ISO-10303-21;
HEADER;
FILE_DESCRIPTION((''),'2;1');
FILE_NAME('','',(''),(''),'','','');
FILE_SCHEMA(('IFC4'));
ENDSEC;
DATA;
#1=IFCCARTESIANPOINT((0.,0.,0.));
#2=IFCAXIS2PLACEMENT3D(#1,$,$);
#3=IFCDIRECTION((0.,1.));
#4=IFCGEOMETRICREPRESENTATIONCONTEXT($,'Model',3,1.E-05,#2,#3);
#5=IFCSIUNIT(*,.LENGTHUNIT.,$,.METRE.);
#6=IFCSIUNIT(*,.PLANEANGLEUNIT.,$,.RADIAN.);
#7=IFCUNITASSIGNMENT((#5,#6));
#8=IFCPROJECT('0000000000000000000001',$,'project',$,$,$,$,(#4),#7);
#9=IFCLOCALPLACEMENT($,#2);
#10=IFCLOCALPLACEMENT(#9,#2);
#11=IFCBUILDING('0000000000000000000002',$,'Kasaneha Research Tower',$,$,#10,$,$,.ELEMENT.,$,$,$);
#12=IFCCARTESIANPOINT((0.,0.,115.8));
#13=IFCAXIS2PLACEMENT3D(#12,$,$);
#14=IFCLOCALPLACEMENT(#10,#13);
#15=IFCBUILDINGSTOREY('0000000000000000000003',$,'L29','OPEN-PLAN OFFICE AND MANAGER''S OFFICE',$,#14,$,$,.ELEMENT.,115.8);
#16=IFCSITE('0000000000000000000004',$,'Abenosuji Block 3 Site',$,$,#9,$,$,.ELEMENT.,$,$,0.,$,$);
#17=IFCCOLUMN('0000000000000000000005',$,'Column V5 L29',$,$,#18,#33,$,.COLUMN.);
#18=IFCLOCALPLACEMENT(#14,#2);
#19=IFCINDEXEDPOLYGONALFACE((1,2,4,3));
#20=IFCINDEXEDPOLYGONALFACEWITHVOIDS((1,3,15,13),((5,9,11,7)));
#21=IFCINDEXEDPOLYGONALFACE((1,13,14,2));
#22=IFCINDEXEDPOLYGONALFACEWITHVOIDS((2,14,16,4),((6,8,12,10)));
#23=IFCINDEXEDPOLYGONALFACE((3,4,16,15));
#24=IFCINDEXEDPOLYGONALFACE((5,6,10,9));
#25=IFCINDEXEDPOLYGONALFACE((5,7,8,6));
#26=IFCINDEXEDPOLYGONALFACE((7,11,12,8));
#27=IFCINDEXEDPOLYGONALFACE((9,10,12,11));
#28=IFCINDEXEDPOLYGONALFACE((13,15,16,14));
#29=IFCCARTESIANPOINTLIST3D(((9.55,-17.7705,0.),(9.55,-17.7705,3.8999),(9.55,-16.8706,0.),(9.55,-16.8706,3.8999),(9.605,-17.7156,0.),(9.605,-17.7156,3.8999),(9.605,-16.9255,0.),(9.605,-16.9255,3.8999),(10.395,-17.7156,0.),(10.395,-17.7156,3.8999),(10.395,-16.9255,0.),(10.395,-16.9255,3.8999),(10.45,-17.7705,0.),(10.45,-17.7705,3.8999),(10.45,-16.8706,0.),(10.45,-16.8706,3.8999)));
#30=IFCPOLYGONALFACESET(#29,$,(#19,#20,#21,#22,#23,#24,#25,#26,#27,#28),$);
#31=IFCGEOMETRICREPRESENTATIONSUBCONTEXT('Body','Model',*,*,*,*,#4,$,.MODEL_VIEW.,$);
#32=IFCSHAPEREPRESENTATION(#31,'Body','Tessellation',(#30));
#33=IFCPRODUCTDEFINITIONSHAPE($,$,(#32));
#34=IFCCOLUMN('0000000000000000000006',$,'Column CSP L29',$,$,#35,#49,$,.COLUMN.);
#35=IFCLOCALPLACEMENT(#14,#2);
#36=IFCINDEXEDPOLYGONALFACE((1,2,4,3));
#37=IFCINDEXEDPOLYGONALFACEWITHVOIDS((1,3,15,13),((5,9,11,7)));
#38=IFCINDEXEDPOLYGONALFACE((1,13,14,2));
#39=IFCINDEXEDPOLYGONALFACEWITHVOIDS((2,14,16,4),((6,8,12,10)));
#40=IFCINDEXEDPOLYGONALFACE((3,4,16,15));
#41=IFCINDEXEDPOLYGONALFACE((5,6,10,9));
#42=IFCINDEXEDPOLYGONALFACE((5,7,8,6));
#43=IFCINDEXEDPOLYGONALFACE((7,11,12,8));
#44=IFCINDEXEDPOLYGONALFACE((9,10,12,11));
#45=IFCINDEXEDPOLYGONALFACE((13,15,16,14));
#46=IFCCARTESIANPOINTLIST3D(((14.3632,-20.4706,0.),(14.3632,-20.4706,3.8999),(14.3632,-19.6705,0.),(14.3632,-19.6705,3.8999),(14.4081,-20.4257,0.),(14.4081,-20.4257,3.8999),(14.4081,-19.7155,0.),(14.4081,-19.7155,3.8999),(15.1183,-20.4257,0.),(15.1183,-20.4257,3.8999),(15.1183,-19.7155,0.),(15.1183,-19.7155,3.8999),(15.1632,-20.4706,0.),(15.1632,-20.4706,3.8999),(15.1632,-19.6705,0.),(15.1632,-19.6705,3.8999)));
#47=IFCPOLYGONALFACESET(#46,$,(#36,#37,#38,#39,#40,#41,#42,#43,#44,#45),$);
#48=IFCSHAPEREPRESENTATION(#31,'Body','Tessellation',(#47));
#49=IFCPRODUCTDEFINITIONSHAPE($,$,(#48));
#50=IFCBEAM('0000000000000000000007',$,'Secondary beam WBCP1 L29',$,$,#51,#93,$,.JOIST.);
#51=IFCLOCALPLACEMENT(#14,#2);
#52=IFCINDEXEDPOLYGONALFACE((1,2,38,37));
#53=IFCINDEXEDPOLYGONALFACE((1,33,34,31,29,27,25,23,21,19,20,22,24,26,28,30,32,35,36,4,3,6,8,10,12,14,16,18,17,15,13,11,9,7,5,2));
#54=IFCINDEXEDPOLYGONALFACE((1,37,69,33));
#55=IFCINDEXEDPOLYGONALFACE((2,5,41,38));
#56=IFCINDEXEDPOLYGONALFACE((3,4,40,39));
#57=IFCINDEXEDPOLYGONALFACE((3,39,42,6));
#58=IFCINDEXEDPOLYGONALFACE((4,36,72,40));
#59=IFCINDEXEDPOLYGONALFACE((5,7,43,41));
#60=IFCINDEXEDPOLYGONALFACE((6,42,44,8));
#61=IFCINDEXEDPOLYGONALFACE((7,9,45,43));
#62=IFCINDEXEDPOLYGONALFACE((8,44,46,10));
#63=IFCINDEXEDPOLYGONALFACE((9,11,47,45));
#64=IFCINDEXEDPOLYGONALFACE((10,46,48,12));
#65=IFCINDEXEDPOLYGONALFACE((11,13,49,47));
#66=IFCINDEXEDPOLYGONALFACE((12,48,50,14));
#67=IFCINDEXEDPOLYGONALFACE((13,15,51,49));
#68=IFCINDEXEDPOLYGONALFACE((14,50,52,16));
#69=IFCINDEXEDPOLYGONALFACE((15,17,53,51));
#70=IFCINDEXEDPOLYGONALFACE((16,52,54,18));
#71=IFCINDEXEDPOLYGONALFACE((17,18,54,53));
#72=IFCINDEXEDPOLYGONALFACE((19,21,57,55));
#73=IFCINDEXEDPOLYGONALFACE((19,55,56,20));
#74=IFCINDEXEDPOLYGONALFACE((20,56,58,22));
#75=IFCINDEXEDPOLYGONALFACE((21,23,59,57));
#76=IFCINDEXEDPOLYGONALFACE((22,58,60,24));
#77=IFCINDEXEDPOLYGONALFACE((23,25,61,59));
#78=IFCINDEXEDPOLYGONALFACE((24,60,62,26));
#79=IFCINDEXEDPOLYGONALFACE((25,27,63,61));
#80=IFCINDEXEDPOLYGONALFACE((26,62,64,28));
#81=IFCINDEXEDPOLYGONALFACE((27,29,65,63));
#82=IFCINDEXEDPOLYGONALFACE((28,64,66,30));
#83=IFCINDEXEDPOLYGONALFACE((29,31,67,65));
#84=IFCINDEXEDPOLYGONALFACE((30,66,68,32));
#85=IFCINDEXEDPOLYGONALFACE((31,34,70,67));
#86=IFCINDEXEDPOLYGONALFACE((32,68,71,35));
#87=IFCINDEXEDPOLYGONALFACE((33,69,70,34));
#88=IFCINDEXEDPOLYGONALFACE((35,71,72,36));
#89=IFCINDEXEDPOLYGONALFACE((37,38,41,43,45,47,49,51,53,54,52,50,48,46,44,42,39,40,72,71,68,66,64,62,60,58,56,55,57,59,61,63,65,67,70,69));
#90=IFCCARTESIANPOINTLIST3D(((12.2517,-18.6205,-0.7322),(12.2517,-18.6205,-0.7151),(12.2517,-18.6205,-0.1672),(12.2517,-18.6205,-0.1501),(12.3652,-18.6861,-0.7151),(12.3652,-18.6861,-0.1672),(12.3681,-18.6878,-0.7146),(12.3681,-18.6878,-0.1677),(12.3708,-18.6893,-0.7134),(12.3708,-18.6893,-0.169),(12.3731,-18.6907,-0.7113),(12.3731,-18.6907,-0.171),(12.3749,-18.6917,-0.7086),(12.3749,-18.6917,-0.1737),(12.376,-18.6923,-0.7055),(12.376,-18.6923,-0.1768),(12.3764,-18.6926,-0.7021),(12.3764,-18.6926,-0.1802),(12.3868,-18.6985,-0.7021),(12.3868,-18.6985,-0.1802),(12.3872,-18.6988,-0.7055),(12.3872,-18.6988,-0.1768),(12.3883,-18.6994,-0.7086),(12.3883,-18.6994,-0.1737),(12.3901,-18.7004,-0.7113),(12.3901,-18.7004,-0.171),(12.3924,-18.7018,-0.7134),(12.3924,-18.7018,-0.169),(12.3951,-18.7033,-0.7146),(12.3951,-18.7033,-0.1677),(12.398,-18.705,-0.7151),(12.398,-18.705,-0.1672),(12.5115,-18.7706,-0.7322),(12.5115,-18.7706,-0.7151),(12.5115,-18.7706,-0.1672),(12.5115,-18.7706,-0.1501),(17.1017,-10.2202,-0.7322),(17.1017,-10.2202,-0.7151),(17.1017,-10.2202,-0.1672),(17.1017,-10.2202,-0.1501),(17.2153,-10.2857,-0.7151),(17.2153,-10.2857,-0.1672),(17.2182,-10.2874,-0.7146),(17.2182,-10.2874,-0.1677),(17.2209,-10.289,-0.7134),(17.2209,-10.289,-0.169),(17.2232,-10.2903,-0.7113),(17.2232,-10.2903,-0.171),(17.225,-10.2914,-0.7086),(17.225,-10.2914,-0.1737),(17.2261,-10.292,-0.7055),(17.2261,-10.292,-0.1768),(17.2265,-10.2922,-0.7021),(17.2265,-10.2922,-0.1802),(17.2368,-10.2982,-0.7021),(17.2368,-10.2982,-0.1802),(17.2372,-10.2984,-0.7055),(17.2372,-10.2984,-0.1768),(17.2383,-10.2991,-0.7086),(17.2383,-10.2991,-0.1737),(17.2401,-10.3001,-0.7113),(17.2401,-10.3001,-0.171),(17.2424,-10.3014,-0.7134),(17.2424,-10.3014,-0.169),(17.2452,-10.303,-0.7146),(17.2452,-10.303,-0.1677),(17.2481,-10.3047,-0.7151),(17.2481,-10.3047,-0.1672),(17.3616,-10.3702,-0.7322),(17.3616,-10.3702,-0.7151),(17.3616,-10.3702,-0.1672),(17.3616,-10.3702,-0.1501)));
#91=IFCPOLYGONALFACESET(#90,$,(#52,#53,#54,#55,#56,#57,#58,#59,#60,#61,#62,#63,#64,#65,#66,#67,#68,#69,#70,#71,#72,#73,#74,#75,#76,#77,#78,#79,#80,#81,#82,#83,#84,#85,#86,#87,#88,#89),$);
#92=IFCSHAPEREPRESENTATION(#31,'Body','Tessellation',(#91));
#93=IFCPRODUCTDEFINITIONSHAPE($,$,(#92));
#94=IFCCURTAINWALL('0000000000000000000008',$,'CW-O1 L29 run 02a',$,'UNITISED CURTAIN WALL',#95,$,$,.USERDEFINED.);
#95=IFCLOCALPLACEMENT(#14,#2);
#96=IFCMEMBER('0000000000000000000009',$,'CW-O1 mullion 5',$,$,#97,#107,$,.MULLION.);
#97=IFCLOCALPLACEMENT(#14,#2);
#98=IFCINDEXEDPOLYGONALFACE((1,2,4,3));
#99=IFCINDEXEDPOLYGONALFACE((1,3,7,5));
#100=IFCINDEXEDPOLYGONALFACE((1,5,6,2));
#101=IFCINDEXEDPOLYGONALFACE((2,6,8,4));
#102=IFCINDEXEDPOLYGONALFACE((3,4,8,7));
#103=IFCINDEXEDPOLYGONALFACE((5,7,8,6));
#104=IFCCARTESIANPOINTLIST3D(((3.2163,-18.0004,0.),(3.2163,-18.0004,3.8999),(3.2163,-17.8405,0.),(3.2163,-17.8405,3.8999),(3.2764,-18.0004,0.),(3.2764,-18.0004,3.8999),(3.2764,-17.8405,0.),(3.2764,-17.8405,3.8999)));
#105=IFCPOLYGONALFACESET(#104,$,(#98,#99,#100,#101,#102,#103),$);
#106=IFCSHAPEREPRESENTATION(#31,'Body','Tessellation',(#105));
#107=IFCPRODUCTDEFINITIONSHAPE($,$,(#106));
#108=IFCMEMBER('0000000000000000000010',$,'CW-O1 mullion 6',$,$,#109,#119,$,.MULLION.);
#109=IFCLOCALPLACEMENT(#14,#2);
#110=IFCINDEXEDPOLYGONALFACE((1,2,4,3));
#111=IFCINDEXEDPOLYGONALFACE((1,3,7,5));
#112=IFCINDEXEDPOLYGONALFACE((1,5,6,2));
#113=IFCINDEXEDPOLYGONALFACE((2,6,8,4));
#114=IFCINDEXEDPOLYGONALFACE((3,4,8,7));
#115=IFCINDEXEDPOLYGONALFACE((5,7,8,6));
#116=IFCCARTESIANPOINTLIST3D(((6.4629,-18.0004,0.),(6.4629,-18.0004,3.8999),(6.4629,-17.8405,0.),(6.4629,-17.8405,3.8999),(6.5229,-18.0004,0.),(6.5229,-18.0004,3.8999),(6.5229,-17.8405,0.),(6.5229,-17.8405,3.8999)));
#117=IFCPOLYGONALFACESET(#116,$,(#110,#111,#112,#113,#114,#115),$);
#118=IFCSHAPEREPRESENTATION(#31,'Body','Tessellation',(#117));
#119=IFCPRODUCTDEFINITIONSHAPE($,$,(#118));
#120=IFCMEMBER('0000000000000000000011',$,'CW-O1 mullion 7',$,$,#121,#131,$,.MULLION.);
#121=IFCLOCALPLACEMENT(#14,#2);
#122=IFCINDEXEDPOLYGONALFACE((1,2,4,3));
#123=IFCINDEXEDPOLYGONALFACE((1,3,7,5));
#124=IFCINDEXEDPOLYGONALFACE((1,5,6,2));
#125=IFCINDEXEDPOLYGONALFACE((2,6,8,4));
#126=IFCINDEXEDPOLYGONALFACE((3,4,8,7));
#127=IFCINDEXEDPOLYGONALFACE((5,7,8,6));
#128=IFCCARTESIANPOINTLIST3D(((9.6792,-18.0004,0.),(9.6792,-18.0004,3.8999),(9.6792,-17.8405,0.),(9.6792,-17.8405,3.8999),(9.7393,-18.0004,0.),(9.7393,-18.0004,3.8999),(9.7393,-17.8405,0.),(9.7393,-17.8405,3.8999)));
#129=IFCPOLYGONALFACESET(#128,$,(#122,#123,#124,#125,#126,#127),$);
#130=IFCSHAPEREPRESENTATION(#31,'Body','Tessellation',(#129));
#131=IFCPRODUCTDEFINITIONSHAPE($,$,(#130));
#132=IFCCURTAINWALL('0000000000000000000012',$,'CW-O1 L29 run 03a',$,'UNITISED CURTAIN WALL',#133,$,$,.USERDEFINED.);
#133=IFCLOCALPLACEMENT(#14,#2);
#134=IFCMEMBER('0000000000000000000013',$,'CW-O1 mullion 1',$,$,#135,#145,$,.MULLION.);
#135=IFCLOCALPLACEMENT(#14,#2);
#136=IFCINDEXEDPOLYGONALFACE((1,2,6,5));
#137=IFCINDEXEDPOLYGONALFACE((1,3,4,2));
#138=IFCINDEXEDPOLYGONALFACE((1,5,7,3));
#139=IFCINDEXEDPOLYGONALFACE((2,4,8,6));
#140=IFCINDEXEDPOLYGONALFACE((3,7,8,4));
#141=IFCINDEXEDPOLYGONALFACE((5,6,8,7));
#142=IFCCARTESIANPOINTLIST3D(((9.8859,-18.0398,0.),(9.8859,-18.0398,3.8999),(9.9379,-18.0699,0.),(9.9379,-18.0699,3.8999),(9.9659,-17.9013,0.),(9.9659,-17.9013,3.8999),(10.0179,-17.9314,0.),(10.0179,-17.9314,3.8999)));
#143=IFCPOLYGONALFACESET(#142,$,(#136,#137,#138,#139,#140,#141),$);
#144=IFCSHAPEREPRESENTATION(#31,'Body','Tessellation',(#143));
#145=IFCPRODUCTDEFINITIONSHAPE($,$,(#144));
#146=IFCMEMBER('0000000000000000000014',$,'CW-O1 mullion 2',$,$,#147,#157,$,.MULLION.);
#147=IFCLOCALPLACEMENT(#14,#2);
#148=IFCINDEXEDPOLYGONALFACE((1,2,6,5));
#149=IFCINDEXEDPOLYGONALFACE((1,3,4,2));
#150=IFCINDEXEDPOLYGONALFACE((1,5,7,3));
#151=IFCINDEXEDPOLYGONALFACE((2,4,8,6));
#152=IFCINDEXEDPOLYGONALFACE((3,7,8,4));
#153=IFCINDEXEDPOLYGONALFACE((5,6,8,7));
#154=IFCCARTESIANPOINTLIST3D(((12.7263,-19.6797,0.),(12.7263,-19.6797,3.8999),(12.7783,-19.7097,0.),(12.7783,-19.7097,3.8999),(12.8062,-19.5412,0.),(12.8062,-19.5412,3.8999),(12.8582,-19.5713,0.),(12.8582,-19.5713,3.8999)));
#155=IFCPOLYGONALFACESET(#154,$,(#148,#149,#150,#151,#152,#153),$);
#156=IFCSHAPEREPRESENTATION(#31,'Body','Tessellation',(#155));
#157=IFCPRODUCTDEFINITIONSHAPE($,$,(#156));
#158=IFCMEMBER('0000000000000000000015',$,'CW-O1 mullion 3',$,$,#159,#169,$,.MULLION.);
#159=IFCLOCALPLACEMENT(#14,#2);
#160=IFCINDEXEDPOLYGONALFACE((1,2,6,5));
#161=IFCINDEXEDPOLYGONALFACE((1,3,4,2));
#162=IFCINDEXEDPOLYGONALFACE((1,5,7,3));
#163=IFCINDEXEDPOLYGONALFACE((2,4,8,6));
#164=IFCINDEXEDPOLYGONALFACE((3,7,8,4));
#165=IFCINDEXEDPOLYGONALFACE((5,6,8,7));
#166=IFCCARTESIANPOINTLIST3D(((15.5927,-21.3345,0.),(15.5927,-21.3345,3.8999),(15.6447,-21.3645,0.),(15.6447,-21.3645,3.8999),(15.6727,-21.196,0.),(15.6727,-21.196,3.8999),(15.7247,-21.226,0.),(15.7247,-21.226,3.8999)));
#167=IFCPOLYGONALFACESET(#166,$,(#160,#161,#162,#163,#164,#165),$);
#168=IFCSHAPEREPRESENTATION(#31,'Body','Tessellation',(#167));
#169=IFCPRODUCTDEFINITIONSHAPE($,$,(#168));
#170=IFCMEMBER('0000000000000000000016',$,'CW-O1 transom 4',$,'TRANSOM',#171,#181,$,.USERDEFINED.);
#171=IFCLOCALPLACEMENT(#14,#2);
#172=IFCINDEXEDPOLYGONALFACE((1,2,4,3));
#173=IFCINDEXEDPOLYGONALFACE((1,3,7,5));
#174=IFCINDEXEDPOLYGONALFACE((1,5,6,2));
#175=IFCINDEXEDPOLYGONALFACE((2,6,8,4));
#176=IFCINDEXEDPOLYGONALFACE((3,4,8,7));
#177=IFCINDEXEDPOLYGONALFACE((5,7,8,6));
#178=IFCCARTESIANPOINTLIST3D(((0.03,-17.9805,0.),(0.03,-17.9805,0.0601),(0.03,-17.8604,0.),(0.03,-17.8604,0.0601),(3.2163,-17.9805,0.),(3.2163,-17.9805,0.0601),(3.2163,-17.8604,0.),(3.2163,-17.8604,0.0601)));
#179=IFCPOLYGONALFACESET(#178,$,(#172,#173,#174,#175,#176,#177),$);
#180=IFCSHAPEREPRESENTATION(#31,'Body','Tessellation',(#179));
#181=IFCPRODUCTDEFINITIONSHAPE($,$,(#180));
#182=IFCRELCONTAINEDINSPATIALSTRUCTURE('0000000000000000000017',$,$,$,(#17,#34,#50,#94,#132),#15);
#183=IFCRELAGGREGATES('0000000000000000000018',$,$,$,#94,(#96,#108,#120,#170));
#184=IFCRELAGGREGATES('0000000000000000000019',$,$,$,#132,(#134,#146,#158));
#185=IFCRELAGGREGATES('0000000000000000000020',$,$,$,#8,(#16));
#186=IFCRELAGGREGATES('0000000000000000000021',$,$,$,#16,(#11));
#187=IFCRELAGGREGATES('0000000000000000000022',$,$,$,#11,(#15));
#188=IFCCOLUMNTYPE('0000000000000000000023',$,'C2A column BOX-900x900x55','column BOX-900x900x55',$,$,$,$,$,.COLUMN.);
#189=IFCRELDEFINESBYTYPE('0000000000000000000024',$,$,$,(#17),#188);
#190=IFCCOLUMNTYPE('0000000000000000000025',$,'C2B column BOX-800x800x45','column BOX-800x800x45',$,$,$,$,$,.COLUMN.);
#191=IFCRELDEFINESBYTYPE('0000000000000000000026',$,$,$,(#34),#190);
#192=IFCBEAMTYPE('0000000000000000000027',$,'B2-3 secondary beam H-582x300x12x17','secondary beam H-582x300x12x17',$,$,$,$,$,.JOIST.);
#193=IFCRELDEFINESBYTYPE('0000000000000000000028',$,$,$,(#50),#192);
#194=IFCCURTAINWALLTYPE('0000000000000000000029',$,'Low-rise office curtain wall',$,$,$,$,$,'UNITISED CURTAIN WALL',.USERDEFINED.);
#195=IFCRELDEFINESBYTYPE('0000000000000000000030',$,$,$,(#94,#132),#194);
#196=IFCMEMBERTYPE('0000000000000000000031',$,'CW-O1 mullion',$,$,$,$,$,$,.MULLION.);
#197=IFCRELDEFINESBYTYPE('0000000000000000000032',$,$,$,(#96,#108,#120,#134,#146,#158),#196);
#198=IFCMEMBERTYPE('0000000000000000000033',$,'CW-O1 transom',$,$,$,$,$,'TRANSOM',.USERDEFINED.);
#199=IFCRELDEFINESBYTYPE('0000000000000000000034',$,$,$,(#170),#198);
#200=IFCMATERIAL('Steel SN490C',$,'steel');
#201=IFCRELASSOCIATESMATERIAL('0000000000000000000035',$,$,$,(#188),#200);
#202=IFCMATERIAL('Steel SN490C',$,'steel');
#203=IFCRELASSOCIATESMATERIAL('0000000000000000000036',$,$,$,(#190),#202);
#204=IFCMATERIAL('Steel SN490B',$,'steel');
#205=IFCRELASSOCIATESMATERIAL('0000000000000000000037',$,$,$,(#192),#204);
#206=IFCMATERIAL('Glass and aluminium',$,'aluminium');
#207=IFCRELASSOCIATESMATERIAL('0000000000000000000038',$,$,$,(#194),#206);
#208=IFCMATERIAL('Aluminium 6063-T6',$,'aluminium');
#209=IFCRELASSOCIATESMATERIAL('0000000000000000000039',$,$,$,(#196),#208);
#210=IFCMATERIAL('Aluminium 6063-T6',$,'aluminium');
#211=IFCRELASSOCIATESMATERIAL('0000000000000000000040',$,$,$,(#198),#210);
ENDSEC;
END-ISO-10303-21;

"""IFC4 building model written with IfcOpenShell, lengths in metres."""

from ifc_helpers import new_model, si_unit, direction, frame, origin, origin_2d, place, context, subcontext, project, spatial, rectangle, hollow_rectangle, i_section, extrude, material, material_profile, profile_set, type_object, element, aggregate, save


model = new_model("IFC4")

# Units and contexts
model_context = context("Model", 3, precision=1e-05, world=origin(), true_north=direction((0.0, 1.0)))
body_context = subcontext(model_context, "Body", "Model", "MODEL_VIEW")
ifc_project = project(units=[si_unit("LENGTHUNIT", "METRE"), si_unit("PLANEANGLEUNIT", "RADIAN")], contexts=[model_context])

# Site, building, storey
site_placement = place(None, origin())
site = spatial("IfcSite", under=ifc_project, at=site_placement, Name="Abenosuji Block 3 Site", CompositionType="ELEMENT", RefElevation=0.0)
building_placement = place(site_placement, origin())
building = spatial("IfcBuilding", under=site, at=building_placement, Name="Kasaneha Research Tower", CompositionType="ELEMENT")
storey_placement = place(building_placement, frame((0.0, 0.0, 115.8)))
storey = spatial("IfcBuildingStorey", under=building, at=storey_placement, Name="L29", Description="OPEN-PLAN OFFICE AND MANAGER'S OFFICE", CompositionType="ELEMENT", Elevation=115.8)

# Columns
ifc_material_1 = material(Name="Steel SN490C", Category="steel")
ifc_material_profile_1 = material_profile(ifc_material_1, hollow_rectangle(XDim=0.8999, YDim=0.8999, WallThickness=0.0549, at=origin_2d()), Name="BOX-900x900x55")
ifc_profile_set_1 = profile_set([ifc_material_profile_1], Name="Steel SN490C")
column_type_1 = type_object("IfcColumnType", Name="C2A column BOX-900x900x55", Description="column BOX-900x900x55", PredefinedType="COLUMN", material=ifc_profile_set_1)
column_1_placement = place(storey_placement, frame((10.0, -17.3206, 0.0), z_axis=(0.0, 0.0, 1.0), x_axis=(1.0, 0.0, 0.0)))
element("IfcColumn", 1, at=column_1_placement, inside=storey, type_object=column_type_1, Name="Column V5 L29", PredefinedType="COLUMN", context=body_context, shape_type="SweptSolid", body=[
    extrude(hollow_rectangle(XDim=0.8999, YDim=0.8999, WallThickness=0.0549, at=origin_2d()), origin(), (0.0, 0.0, 1.0), 3.8999),
])
ifc_material_2 = material(Name="Steel SN490C", Category="steel")
ifc_material_profile_2 = material_profile(ifc_material_2, hollow_rectangle(XDim=0.8, YDim=0.8, WallThickness=0.0449, at=origin_2d()), Name="BOX-800x800x45")
ifc_profile_set_2 = profile_set([ifc_material_profile_2], Name="Steel SN490C")
column_type_2 = type_object("IfcColumnType", Name="C2B column BOX-800x800x45", Description="column BOX-800x800x45", PredefinedType="COLUMN", material=ifc_profile_set_2)
column_2_placement = place(storey_placement, frame((14.7632, -20.0706, 0.0), z_axis=(0.0, 0.0, 1.0), x_axis=(1.0, 0.0, 0.0)))
element("IfcColumn", 2, at=column_2_placement, inside=storey, type_object=column_type_2, Name="Column CSP L29", PredefinedType="COLUMN", context=body_context, shape_type="SweptSolid", body=[
    extrude(hollow_rectangle(XDim=0.8, YDim=0.8, WallThickness=0.0449, at=origin_2d()), origin(), (0.0, 0.0, 1.0), 3.8999),
])

# Beam
ifc_material_3 = material(Name="Steel SN490B", Category="steel")
ifc_material_profile_3 = material_profile(ifc_material_3, i_section(OverallWidth=0.3, OverallDepth=0.582, WebThickness=0.012, FlangeThickness=0.0171, FilletRadius=0.0129, at=origin_2d()), Name="H-582x300x12x17")
ifc_profile_set_3 = profile_set([ifc_material_profile_3], Name="Steel SN490B")
beam_type_1 = type_object("IfcBeamType", Name="B2-3 secondary beam H-582x300x12x17", Description="secondary beam H-582x300x12x17", PredefinedType="JOIST", material=ifc_profile_set_3)
beam_1_placement = place(storey_placement, frame((12.3816, -18.6956, -0.4412), z_axis=(0.50001, 0.86602, 0.0), x_axis=(-0.86602, 0.50001, 0.0)))
element("IfcBeam", 3, at=beam_1_placement, inside=storey, type_object=beam_type_1, Name="Secondary beam WBCP1 L29", PredefinedType="JOIST", context=body_context, shape_type="SweptSolid", body=[
    extrude(i_section(OverallWidth=0.3, OverallDepth=0.582, WebThickness=0.012, FlangeThickness=0.0171, FilletRadius=0.0129, at=origin_2d()), origin(), (0.0, 0.0, 1.0), 9.7),
])

# Curtain walls, members
ifc_material_4 = material(Name="Glass and aluminium", Category="aluminium")
curtain_wall_type = type_object("IfcCurtainWallType", Name="Low-rise office curtain wall", ElementType="UNITISED CURTAIN WALL", PredefinedType="USERDEFINED", material=ifc_material_4)
curtain_wall_1_placement = place(storey_placement, origin())
curtain_wall_1 = element("IfcCurtainWall", 4, at=curtain_wall_1_placement, inside=storey, type_object=curtain_wall_type, Name="CW-O1 L29 run 02a", ObjectType="UNITISED CURTAIN WALL", PredefinedType="USERDEFINED")
ifc_material_5 = material(Name="Aluminium 6063-T6", Category="aluminium")
ifc_material_profile_4 = material_profile(ifc_material_5, rectangle(XDim=0.0601, YDim=0.1599, at=origin_2d()), Name="CW-O1 mullion 60x160")
ifc_profile_set_4 = profile_set([ifc_material_profile_4], Name="Aluminium 6063-T6")
member_type_1 = type_object("IfcMemberType", Name="CW-O1 mullion", PredefinedType="MULLION", material=ifc_profile_set_4)
member_1_placement = place(storey_placement, frame((3.2463, -17.9204, 0.0), z_axis=(0.0, 0.0, 1.0), x_axis=(1.0, 0.0, 0.0)))
member_1 = element("IfcMember", 5, at=member_1_placement, type_object=member_type_1, Name="CW-O1 mullion 5", PredefinedType="MULLION", context=body_context, shape_type="SweptSolid", body=[
    extrude(rectangle(XDim=0.0601, YDim=0.1599, at=origin_2d()), origin(), (0.0, 0.0, 1.0), 3.8999),
])
member_2_placement = place(storey_placement, frame((6.4929, -17.9204, 0.0), z_axis=(0.0, 0.0, 1.0), x_axis=(1.0, 0.0, 0.0)))
member_2 = element("IfcMember", 6, at=member_2_placement, type_object=member_type_1, Name="CW-O1 mullion 6", PredefinedType="MULLION", context=body_context, shape_type="SweptSolid", body=[
    extrude(rectangle(XDim=0.0601, YDim=0.1599, at=origin_2d()), origin(), (0.0, 0.0, 1.0), 3.8999),
])
member_3_placement = place(storey_placement, frame((9.7092, -17.9204, 0.0), z_axis=(0.0, 0.0, 1.0), x_axis=(1.0, 0.0, 0.0)))
member_3 = element("IfcMember", 7, at=member_3_placement, type_object=member_type_1, Name="CW-O1 mullion 7", PredefinedType="MULLION", context=body_context, shape_type="SweptSolid", body=[
    extrude(rectangle(XDim=0.0601, YDim=0.1599, at=origin_2d()), origin(), (0.0, 0.0, 1.0), 3.8999),
])
curtain_wall_2_placement = place(storey_placement, origin())
curtain_wall_2 = element("IfcCurtainWall", 8, at=curtain_wall_2_placement, inside=storey, type_object=curtain_wall_type, Name="CW-O1 L29 run 03a", ObjectType="UNITISED CURTAIN WALL", PredefinedType="USERDEFINED")
member_4_placement = place(storey_placement, frame((9.9519, -17.9856, 0.0), z_axis=(0.0, 0.0, 1.0), x_axis=(0.866025, -0.5, 0.0)))
member_4 = element("IfcMember", 9, at=member_4_placement, type_object=member_type_1, Name="CW-O1 mullion 1", PredefinedType="MULLION", context=body_context, shape_type="SweptSolid", body=[
    extrude(rectangle(XDim=0.0601, YDim=0.1599, at=origin_2d()), origin(), (0.0, 0.0, 1.0), 3.8999),
])
member_5_placement = place(storey_placement, frame((12.7922, -19.6255, 0.0), z_axis=(0.0, 0.0, 1.0), x_axis=(0.866025, -0.5, 0.0)))
member_5 = element("IfcMember", 10, at=member_5_placement, type_object=member_type_1, Name="CW-O1 mullion 2", PredefinedType="MULLION", context=body_context, shape_type="SweptSolid", body=[
    extrude(rectangle(XDim=0.0601, YDim=0.1599, at=origin_2d()), origin(), (0.0, 0.0, 1.0), 3.8999),
])
member_6_placement = place(storey_placement, frame((15.6587, -21.2803, 0.0), z_axis=(0.0, 0.0, 1.0), x_axis=(0.866025, -0.5, 0.0)))
member_6 = element("IfcMember", 11, at=member_6_placement, type_object=member_type_1, Name="CW-O1 mullion 3", PredefinedType="MULLION", context=body_context, shape_type="SweptSolid", body=[
    extrude(rectangle(XDim=0.0601, YDim=0.1599, at=origin_2d()), origin(), (0.0, 0.0, 1.0), 3.8999),
])

# Member
ifc_material_6 = material(Name="Aluminium 6063-T6", Category="aluminium")
ifc_material_profile_5 = material_profile(ifc_material_6, rectangle(XDim=0.1201, YDim=0.0601, at=origin_2d()), Name="CW-O1 transom 120x60")
ifc_profile_set_5 = profile_set([ifc_material_profile_5], Name="Aluminium 6063-T6")
member_type_2 = type_object("IfcMemberType", Name="CW-O1 transom", ElementType="TRANSOM", PredefinedType="USERDEFINED", material=ifc_profile_set_5)
member_7_placement = place(storey_placement, frame((0.03, -17.9204, 0.03), z_axis=(1.0, 0.0, 0.0), x_axis=(0.0, 1.0, 0.0)))
member_7 = element("IfcMember", 12, at=member_7_placement, type_object=member_type_2, Name="CW-O1 transom 4", ObjectType="TRANSOM", PredefinedType="USERDEFINED", context=body_context, shape_type="SweptSolid", body=[
    extrude(rectangle(XDim=0.1201, YDim=0.0601, at=origin_2d()), origin(), (0.0, 0.0, 1.0), 3.1863),
])

aggregate(curtain_wall_1, [member_1, member_2, member_3, member_7])
aggregate(curtain_wall_2, [member_4, member_5, member_6])

save(model, "model.ifc")
